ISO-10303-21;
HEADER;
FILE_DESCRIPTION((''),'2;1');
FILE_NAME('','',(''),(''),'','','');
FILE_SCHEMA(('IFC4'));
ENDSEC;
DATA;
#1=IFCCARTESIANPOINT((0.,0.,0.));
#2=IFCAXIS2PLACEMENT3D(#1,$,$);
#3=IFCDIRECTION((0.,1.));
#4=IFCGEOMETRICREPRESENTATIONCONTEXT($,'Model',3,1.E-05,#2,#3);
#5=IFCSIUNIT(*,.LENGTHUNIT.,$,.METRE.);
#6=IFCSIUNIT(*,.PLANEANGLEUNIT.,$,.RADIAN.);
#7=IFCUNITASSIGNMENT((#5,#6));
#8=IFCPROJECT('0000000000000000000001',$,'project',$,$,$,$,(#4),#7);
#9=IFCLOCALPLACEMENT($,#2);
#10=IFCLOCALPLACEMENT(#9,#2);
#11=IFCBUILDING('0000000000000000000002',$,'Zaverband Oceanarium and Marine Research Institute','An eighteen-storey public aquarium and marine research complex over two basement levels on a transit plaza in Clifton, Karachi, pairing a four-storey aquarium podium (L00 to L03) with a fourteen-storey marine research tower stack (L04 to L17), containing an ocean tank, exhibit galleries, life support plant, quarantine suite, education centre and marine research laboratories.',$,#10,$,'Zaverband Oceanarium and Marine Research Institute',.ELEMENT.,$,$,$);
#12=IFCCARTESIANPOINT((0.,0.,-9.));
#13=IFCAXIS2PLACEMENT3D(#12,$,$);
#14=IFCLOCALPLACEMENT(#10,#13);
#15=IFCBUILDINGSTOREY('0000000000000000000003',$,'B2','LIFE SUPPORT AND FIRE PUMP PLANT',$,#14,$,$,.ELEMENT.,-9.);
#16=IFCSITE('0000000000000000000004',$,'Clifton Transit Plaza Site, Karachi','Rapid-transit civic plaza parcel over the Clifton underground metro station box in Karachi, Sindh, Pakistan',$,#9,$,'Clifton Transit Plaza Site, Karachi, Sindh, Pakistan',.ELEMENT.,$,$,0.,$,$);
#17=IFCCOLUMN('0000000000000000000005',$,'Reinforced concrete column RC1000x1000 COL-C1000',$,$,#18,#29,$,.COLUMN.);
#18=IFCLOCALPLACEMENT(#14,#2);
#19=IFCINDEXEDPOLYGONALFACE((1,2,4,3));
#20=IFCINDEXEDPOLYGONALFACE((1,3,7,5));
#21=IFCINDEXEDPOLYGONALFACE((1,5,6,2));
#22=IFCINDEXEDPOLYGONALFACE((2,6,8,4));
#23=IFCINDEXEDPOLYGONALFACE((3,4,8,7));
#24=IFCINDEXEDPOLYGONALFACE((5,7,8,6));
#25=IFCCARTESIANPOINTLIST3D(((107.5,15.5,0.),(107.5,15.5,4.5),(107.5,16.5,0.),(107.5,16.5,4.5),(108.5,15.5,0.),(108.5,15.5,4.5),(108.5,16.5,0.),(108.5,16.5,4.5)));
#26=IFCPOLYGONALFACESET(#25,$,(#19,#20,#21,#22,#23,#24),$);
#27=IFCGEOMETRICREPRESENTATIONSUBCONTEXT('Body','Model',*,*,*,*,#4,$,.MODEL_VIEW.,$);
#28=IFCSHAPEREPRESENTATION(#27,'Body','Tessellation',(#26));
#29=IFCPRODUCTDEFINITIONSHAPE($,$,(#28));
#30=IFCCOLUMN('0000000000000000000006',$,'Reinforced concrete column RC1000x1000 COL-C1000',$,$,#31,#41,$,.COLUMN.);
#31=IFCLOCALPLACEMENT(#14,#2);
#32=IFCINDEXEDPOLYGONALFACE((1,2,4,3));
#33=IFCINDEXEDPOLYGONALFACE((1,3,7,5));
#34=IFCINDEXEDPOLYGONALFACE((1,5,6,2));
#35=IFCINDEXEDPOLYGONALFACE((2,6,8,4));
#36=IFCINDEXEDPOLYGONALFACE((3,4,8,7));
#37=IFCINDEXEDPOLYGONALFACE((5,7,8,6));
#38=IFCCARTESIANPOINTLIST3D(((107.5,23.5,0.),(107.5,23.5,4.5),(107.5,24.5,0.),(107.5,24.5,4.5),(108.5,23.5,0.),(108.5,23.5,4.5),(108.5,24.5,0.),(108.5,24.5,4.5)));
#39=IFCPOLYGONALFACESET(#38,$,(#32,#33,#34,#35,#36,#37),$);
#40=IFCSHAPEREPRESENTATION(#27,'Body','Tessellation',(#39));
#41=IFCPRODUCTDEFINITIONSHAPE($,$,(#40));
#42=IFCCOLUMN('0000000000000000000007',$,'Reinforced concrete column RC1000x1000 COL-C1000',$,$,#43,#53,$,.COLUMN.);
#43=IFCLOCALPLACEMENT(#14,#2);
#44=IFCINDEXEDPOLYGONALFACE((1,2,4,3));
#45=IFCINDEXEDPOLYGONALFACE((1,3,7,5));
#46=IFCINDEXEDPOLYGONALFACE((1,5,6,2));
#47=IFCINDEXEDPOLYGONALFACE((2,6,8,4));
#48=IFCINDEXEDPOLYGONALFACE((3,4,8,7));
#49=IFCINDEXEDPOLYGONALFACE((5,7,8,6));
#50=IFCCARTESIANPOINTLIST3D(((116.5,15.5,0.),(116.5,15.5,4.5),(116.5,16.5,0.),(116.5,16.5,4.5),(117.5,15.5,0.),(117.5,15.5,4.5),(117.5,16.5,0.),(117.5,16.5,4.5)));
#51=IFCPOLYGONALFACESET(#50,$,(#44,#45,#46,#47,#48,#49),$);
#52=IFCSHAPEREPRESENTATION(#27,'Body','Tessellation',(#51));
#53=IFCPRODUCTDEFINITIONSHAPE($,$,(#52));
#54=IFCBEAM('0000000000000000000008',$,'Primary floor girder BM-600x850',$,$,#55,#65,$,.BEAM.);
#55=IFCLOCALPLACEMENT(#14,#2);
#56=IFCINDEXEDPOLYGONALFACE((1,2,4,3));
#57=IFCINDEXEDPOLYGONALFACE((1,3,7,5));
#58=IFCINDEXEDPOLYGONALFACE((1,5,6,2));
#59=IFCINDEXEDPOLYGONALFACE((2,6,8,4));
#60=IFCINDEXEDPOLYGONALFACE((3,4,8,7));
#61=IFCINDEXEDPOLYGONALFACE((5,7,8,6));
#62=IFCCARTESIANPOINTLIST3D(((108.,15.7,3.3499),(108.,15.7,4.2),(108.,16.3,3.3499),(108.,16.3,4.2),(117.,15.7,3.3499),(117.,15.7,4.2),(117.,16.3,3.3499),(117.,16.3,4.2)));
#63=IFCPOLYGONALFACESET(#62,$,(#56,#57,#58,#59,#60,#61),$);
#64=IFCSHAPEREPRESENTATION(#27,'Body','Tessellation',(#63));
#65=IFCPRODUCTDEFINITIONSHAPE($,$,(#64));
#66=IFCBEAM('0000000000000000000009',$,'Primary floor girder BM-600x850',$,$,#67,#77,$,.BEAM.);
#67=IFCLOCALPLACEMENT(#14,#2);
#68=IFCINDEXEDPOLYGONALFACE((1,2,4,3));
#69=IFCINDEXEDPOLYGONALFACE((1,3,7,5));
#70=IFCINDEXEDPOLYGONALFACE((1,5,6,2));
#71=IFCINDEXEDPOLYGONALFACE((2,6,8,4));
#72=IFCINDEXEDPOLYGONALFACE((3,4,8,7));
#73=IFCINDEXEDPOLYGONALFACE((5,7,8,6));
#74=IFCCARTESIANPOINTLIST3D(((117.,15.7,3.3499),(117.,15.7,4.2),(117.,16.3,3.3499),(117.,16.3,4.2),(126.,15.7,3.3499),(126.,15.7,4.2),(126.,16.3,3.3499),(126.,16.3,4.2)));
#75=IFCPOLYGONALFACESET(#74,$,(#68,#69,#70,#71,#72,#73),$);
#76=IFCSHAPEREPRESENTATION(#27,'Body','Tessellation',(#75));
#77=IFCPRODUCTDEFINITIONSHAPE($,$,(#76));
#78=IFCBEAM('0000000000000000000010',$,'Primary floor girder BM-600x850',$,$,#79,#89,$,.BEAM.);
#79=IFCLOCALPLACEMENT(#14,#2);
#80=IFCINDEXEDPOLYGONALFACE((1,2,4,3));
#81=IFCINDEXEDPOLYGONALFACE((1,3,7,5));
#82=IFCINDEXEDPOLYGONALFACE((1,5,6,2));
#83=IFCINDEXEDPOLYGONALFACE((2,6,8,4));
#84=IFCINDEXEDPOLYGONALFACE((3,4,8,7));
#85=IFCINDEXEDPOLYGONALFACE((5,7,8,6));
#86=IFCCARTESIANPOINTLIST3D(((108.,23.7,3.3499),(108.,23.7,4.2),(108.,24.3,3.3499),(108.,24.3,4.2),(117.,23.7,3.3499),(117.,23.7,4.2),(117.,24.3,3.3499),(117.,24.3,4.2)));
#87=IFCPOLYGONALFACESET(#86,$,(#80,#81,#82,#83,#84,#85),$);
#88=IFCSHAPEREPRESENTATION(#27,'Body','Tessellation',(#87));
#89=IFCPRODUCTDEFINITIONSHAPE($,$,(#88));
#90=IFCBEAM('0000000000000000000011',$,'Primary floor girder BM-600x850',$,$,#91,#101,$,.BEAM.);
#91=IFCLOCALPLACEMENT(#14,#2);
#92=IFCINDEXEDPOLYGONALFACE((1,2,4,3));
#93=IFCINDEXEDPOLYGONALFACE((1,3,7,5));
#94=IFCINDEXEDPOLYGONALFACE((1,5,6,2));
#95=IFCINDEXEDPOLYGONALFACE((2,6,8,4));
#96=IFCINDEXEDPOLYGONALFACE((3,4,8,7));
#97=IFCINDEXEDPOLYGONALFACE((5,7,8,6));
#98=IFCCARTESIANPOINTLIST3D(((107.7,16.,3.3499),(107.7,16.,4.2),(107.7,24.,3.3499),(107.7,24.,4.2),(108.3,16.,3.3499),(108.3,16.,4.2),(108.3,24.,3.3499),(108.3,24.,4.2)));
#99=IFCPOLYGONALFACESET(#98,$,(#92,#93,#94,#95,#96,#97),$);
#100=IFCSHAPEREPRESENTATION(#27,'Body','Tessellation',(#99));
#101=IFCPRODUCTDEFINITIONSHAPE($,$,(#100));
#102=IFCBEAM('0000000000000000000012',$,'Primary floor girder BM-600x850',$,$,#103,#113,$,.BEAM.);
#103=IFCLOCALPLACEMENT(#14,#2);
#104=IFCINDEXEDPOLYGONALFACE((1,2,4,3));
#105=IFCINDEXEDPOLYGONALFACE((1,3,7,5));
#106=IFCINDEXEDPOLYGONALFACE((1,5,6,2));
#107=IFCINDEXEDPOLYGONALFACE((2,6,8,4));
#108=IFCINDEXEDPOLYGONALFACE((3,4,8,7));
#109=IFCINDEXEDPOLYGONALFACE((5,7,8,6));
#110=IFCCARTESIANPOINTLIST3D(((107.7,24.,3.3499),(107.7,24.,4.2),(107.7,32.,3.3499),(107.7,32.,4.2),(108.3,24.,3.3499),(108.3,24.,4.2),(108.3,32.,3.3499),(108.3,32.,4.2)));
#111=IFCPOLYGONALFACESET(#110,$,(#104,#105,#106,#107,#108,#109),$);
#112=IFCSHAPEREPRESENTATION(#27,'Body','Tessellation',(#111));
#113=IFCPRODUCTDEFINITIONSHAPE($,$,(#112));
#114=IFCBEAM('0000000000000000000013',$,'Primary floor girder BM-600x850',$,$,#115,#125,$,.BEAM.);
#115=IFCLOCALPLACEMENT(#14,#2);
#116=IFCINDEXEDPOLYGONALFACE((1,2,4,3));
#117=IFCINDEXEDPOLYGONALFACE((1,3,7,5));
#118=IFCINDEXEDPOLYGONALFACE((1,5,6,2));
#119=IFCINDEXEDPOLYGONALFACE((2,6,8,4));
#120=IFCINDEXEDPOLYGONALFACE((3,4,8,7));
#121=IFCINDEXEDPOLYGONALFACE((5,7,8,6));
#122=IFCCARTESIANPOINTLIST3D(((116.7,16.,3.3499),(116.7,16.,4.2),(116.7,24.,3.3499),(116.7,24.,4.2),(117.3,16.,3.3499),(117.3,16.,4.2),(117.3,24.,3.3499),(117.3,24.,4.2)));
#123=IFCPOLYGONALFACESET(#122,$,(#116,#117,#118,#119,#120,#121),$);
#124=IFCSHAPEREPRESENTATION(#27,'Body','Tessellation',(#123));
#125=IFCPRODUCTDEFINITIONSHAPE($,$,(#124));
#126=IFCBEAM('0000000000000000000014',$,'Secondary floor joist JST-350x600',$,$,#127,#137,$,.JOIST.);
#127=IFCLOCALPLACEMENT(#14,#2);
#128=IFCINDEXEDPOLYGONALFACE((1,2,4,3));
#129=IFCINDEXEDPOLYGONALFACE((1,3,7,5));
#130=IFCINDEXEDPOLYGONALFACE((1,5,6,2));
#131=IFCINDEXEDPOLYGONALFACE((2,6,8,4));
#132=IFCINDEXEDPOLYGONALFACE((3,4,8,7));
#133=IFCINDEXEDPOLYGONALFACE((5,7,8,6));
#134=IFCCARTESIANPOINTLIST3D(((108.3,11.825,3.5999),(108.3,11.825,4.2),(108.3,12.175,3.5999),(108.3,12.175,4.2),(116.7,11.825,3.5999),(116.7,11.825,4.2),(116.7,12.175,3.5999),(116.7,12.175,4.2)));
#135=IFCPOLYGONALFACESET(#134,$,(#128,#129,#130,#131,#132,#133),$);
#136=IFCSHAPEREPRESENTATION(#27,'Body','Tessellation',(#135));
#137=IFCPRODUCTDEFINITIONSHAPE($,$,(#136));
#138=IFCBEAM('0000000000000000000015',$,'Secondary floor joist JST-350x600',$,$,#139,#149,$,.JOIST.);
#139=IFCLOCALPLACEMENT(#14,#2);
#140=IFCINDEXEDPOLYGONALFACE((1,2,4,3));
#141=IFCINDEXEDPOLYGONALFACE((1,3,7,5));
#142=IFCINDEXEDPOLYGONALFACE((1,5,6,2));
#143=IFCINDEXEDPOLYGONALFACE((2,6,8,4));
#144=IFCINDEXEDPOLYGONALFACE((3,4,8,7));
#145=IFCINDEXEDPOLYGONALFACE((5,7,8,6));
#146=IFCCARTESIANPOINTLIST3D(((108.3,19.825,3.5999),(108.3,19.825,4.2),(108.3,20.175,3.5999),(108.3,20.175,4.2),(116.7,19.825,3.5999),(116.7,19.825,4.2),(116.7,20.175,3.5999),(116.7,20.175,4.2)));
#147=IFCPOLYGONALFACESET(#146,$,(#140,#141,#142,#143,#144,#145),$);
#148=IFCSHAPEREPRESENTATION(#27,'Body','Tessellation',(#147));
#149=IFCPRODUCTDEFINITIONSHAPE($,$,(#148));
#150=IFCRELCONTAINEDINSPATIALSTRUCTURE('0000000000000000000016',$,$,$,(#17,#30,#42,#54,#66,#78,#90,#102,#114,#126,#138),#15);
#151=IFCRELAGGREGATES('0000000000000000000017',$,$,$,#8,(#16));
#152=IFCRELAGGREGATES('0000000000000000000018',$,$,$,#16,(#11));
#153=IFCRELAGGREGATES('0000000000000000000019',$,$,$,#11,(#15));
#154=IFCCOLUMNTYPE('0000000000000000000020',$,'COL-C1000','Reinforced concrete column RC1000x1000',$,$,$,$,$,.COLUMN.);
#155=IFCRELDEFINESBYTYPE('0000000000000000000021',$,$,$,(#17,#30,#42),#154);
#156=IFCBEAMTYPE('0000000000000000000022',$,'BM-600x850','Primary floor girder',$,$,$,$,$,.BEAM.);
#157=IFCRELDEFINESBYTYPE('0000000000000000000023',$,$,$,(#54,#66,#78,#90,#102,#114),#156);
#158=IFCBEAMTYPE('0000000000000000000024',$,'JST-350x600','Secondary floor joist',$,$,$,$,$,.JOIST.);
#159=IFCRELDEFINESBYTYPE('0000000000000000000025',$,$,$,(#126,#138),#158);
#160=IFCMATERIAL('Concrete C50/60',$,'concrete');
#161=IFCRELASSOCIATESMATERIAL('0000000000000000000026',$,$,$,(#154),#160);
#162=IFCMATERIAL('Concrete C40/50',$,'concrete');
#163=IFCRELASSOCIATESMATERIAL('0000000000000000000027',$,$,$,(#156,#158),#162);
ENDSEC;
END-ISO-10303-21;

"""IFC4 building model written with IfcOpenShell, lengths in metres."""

from ifc_helpers import new_model, si_unit, direction, frame, origin, origin_2d, place, context, subcontext, project, spatial, rectangle, extrude, material, material_profile, profile_set, type_object, element, save


model = new_model("IFC4")

# Units and contexts
model_context = context("Model", 3, precision=1e-05, world=origin(), true_north=direction((0.0, 1.0)))
body_context = subcontext(model_context, "Body", "Model", "MODEL_VIEW")
ifc_project = project(units=[si_unit("LENGTHUNIT", "METRE"), si_unit("PLANEANGLEUNIT", "RADIAN")], contexts=[model_context])

# Site, building, storey
site_placement = place(None, origin())
site = spatial("IfcSite", under=ifc_project, at=site_placement, Name="Clifton Transit Plaza Site, Karachi", Description="Rapid-transit civic plaza parcel over the Clifton underground metro station box in Karachi, Sindh, Pakistan", LongName="Clifton Transit Plaza Site, Karachi, Sindh, Pakistan", CompositionType="ELEMENT", RefElevation=0.0)
building_placement = place(site_placement, origin())
building = spatial("IfcBuilding", under=site, at=building_placement, Name="Zaverband Oceanarium and Marine Research Institute", Description="An eighteen-storey public aquarium and marine research complex over two basement levels on a transit plaza in Clifton, Karachi, pairing a four-storey aquarium podium (L00 to L03) with a fourteen-storey marine research tower stack (L04 to L17), containing an ocean tank, exhibit galleries, life support plant, quarantine suite, education centre and marine research laboratories.", LongName="Zaverband Oceanarium and Marine Research Institute", CompositionType="ELEMENT")
storey_placement = place(building_placement, frame((0.0, 0.0, -9.0)))
storey = spatial("IfcBuildingStorey", under=building, at=storey_placement, Name="B2", Description="LIFE SUPPORT AND FIRE PUMP PLANT", CompositionType="ELEMENT", Elevation=-9.0)

# Shared definitions
ifc_material_1 = material(Name="Concrete C50/60", Category="concrete")

# Columns
ifc_material_profile_1 = material_profile(ifc_material_1, rectangle(XDim=1.0, YDim=1.0, at=origin_2d()), Name="RC1000x1000")
ifc_profile_set_1 = profile_set([ifc_material_profile_1], Name="Concrete C50/60")
column_type = type_object("IfcColumnType", Name="COL-C1000", Description="Reinforced concrete column RC1000x1000", PredefinedType="COLUMN", material=ifc_profile_set_1)
for number, where, z_axis, x_axis, name in (
    (1, (108.0, 16.0, 0.0), (0.0, 0.0, 1.0), (1.0, 0.0, 0.0), "Reinforced concrete column RC1000x1000 COL-C1000"),
    (2, (108.0, 24.0, 0.0), (0.0, 0.0, 1.0), (1.0, 0.0, 0.0), "Reinforced concrete column RC1000x1000 COL-C1000"),
    (3, (117.0, 16.0, 0.0), (0.0, 0.0, 1.0), (1.0, 0.0, 0.0), "Reinforced concrete column RC1000x1000 COL-C1000"),
):
    element("IfcColumn", number, at=place(storey_placement, frame(where, z_axis=z_axis, x_axis=x_axis)), inside=storey, type_object=column_type, Name=name, PredefinedType="COLUMN", context=body_context, shape_type="SweptSolid", body=[
        extrude(rectangle(XDim=1.0, YDim=1.0, at=origin_2d()), origin(), (0.0, 0.0, 1.0), 4.5),
    ])

# Beams
ifc_material_2 = material(Name="Concrete C40/50", Category="concrete")
ifc_material_profile_2 = material_profile(ifc_material_2, rectangle(XDim=0.6001, YDim=0.8501, at=origin_2d()), Name="RC600x850")
ifc_profile_set_2 = profile_set([ifc_material_profile_2], Name="Concrete C40/50")
beam_type_1 = type_object("IfcBeamType", Name="BM-600x850", Description="Primary floor girder", PredefinedType="BEAM", material=ifc_profile_set_2)
for number, where, z_axis, x_axis, name in (
    (4, (108.0, 16.0, 3.7749), (1.0, 0.0, 0.0), (0.0, 1.0, 0.0), "Primary floor girder BM-600x850"),
    (5, (117.0, 16.0, 3.7749), (1.0, 0.0, 0.0), (0.0, 1.0, 0.0), "Primary floor girder BM-600x850"),
    (6, (108.0, 24.0, 3.7749), (1.0, 0.0, 0.0), (0.0, 1.0, 0.0), "Primary floor girder BM-600x850"),
):
    element("IfcBeam", number, at=place(storey_placement, frame(where, z_axis=z_axis, x_axis=x_axis)), inside=storey, type_object=beam_type_1, Name=name, PredefinedType="BEAM", context=body_context, shape_type="SweptSolid", body=[
        extrude(rectangle(XDim=0.6001, YDim=0.8501, at=origin_2d()), origin(), (0.0, 0.0, 1.0), 9.0),
    ])
for number, where, z_axis, x_axis, name in (
    (7, (108.0, 16.0, 3.7749), (0.0, 1.0, 0.0), (-1.0, 0.0, 0.0), "Primary floor girder BM-600x850"),
    (8, (108.0, 24.0, 3.7749), (0.0, 1.0, 0.0), (-1.0, 0.0, 0.0), "Primary floor girder BM-600x850"),
    (9, (117.0, 16.0, 3.7749), (0.0, 1.0, 0.0), (-1.0, 0.0, 0.0), "Primary floor girder BM-600x850"),
):
    element("IfcBeam", number, at=place(storey_placement, frame(where, z_axis=z_axis, x_axis=x_axis)), inside=storey, type_object=beam_type_1, Name=name, PredefinedType="BEAM", context=body_context, shape_type="SweptSolid", body=[
        extrude(rectangle(XDim=0.6001, YDim=0.8501, at=origin_2d()), origin(), (0.0, 0.0, 1.0), 8.0),
    ])
ifc_material_profile_3 = material_profile(ifc_material_2, rectangle(XDim=0.3501, YDim=0.6001, at=origin_2d()), Name="RC350x600")
ifc_profile_set_3 = profile_set([ifc_material_profile_3], Name="Concrete C40/50")
beam_type_2 = type_object("IfcBeamType", Name="JST-350x600", Description="Secondary floor joist", PredefinedType="JOIST", material=ifc_profile_set_3)
for number, where, z_axis, x_axis, name in (
    (10, (108.3, 12.0, 3.8999), (1.0, 0.0, 0.0), (0.0, 1.0, 0.0), "Secondary floor joist JST-350x600"),
    (11, (108.3, 20.0, 3.8999), (1.0, 0.0, 0.0), (0.0, 1.0, 0.0), "Secondary floor joist JST-350x600"),
):
    element("IfcBeam", number, at=place(storey_placement, frame(where, z_axis=z_axis, x_axis=x_axis)), inside=storey, type_object=beam_type_2, Name=name, PredefinedType="JOIST", context=body_context, shape_type="SweptSolid", body=[
        extrude(rectangle(XDim=0.3501, YDim=0.6001, at=origin_2d()), origin(), (0.0, 0.0, 1.0), 8.3999),
    ])

save(model, "model.ifc")
